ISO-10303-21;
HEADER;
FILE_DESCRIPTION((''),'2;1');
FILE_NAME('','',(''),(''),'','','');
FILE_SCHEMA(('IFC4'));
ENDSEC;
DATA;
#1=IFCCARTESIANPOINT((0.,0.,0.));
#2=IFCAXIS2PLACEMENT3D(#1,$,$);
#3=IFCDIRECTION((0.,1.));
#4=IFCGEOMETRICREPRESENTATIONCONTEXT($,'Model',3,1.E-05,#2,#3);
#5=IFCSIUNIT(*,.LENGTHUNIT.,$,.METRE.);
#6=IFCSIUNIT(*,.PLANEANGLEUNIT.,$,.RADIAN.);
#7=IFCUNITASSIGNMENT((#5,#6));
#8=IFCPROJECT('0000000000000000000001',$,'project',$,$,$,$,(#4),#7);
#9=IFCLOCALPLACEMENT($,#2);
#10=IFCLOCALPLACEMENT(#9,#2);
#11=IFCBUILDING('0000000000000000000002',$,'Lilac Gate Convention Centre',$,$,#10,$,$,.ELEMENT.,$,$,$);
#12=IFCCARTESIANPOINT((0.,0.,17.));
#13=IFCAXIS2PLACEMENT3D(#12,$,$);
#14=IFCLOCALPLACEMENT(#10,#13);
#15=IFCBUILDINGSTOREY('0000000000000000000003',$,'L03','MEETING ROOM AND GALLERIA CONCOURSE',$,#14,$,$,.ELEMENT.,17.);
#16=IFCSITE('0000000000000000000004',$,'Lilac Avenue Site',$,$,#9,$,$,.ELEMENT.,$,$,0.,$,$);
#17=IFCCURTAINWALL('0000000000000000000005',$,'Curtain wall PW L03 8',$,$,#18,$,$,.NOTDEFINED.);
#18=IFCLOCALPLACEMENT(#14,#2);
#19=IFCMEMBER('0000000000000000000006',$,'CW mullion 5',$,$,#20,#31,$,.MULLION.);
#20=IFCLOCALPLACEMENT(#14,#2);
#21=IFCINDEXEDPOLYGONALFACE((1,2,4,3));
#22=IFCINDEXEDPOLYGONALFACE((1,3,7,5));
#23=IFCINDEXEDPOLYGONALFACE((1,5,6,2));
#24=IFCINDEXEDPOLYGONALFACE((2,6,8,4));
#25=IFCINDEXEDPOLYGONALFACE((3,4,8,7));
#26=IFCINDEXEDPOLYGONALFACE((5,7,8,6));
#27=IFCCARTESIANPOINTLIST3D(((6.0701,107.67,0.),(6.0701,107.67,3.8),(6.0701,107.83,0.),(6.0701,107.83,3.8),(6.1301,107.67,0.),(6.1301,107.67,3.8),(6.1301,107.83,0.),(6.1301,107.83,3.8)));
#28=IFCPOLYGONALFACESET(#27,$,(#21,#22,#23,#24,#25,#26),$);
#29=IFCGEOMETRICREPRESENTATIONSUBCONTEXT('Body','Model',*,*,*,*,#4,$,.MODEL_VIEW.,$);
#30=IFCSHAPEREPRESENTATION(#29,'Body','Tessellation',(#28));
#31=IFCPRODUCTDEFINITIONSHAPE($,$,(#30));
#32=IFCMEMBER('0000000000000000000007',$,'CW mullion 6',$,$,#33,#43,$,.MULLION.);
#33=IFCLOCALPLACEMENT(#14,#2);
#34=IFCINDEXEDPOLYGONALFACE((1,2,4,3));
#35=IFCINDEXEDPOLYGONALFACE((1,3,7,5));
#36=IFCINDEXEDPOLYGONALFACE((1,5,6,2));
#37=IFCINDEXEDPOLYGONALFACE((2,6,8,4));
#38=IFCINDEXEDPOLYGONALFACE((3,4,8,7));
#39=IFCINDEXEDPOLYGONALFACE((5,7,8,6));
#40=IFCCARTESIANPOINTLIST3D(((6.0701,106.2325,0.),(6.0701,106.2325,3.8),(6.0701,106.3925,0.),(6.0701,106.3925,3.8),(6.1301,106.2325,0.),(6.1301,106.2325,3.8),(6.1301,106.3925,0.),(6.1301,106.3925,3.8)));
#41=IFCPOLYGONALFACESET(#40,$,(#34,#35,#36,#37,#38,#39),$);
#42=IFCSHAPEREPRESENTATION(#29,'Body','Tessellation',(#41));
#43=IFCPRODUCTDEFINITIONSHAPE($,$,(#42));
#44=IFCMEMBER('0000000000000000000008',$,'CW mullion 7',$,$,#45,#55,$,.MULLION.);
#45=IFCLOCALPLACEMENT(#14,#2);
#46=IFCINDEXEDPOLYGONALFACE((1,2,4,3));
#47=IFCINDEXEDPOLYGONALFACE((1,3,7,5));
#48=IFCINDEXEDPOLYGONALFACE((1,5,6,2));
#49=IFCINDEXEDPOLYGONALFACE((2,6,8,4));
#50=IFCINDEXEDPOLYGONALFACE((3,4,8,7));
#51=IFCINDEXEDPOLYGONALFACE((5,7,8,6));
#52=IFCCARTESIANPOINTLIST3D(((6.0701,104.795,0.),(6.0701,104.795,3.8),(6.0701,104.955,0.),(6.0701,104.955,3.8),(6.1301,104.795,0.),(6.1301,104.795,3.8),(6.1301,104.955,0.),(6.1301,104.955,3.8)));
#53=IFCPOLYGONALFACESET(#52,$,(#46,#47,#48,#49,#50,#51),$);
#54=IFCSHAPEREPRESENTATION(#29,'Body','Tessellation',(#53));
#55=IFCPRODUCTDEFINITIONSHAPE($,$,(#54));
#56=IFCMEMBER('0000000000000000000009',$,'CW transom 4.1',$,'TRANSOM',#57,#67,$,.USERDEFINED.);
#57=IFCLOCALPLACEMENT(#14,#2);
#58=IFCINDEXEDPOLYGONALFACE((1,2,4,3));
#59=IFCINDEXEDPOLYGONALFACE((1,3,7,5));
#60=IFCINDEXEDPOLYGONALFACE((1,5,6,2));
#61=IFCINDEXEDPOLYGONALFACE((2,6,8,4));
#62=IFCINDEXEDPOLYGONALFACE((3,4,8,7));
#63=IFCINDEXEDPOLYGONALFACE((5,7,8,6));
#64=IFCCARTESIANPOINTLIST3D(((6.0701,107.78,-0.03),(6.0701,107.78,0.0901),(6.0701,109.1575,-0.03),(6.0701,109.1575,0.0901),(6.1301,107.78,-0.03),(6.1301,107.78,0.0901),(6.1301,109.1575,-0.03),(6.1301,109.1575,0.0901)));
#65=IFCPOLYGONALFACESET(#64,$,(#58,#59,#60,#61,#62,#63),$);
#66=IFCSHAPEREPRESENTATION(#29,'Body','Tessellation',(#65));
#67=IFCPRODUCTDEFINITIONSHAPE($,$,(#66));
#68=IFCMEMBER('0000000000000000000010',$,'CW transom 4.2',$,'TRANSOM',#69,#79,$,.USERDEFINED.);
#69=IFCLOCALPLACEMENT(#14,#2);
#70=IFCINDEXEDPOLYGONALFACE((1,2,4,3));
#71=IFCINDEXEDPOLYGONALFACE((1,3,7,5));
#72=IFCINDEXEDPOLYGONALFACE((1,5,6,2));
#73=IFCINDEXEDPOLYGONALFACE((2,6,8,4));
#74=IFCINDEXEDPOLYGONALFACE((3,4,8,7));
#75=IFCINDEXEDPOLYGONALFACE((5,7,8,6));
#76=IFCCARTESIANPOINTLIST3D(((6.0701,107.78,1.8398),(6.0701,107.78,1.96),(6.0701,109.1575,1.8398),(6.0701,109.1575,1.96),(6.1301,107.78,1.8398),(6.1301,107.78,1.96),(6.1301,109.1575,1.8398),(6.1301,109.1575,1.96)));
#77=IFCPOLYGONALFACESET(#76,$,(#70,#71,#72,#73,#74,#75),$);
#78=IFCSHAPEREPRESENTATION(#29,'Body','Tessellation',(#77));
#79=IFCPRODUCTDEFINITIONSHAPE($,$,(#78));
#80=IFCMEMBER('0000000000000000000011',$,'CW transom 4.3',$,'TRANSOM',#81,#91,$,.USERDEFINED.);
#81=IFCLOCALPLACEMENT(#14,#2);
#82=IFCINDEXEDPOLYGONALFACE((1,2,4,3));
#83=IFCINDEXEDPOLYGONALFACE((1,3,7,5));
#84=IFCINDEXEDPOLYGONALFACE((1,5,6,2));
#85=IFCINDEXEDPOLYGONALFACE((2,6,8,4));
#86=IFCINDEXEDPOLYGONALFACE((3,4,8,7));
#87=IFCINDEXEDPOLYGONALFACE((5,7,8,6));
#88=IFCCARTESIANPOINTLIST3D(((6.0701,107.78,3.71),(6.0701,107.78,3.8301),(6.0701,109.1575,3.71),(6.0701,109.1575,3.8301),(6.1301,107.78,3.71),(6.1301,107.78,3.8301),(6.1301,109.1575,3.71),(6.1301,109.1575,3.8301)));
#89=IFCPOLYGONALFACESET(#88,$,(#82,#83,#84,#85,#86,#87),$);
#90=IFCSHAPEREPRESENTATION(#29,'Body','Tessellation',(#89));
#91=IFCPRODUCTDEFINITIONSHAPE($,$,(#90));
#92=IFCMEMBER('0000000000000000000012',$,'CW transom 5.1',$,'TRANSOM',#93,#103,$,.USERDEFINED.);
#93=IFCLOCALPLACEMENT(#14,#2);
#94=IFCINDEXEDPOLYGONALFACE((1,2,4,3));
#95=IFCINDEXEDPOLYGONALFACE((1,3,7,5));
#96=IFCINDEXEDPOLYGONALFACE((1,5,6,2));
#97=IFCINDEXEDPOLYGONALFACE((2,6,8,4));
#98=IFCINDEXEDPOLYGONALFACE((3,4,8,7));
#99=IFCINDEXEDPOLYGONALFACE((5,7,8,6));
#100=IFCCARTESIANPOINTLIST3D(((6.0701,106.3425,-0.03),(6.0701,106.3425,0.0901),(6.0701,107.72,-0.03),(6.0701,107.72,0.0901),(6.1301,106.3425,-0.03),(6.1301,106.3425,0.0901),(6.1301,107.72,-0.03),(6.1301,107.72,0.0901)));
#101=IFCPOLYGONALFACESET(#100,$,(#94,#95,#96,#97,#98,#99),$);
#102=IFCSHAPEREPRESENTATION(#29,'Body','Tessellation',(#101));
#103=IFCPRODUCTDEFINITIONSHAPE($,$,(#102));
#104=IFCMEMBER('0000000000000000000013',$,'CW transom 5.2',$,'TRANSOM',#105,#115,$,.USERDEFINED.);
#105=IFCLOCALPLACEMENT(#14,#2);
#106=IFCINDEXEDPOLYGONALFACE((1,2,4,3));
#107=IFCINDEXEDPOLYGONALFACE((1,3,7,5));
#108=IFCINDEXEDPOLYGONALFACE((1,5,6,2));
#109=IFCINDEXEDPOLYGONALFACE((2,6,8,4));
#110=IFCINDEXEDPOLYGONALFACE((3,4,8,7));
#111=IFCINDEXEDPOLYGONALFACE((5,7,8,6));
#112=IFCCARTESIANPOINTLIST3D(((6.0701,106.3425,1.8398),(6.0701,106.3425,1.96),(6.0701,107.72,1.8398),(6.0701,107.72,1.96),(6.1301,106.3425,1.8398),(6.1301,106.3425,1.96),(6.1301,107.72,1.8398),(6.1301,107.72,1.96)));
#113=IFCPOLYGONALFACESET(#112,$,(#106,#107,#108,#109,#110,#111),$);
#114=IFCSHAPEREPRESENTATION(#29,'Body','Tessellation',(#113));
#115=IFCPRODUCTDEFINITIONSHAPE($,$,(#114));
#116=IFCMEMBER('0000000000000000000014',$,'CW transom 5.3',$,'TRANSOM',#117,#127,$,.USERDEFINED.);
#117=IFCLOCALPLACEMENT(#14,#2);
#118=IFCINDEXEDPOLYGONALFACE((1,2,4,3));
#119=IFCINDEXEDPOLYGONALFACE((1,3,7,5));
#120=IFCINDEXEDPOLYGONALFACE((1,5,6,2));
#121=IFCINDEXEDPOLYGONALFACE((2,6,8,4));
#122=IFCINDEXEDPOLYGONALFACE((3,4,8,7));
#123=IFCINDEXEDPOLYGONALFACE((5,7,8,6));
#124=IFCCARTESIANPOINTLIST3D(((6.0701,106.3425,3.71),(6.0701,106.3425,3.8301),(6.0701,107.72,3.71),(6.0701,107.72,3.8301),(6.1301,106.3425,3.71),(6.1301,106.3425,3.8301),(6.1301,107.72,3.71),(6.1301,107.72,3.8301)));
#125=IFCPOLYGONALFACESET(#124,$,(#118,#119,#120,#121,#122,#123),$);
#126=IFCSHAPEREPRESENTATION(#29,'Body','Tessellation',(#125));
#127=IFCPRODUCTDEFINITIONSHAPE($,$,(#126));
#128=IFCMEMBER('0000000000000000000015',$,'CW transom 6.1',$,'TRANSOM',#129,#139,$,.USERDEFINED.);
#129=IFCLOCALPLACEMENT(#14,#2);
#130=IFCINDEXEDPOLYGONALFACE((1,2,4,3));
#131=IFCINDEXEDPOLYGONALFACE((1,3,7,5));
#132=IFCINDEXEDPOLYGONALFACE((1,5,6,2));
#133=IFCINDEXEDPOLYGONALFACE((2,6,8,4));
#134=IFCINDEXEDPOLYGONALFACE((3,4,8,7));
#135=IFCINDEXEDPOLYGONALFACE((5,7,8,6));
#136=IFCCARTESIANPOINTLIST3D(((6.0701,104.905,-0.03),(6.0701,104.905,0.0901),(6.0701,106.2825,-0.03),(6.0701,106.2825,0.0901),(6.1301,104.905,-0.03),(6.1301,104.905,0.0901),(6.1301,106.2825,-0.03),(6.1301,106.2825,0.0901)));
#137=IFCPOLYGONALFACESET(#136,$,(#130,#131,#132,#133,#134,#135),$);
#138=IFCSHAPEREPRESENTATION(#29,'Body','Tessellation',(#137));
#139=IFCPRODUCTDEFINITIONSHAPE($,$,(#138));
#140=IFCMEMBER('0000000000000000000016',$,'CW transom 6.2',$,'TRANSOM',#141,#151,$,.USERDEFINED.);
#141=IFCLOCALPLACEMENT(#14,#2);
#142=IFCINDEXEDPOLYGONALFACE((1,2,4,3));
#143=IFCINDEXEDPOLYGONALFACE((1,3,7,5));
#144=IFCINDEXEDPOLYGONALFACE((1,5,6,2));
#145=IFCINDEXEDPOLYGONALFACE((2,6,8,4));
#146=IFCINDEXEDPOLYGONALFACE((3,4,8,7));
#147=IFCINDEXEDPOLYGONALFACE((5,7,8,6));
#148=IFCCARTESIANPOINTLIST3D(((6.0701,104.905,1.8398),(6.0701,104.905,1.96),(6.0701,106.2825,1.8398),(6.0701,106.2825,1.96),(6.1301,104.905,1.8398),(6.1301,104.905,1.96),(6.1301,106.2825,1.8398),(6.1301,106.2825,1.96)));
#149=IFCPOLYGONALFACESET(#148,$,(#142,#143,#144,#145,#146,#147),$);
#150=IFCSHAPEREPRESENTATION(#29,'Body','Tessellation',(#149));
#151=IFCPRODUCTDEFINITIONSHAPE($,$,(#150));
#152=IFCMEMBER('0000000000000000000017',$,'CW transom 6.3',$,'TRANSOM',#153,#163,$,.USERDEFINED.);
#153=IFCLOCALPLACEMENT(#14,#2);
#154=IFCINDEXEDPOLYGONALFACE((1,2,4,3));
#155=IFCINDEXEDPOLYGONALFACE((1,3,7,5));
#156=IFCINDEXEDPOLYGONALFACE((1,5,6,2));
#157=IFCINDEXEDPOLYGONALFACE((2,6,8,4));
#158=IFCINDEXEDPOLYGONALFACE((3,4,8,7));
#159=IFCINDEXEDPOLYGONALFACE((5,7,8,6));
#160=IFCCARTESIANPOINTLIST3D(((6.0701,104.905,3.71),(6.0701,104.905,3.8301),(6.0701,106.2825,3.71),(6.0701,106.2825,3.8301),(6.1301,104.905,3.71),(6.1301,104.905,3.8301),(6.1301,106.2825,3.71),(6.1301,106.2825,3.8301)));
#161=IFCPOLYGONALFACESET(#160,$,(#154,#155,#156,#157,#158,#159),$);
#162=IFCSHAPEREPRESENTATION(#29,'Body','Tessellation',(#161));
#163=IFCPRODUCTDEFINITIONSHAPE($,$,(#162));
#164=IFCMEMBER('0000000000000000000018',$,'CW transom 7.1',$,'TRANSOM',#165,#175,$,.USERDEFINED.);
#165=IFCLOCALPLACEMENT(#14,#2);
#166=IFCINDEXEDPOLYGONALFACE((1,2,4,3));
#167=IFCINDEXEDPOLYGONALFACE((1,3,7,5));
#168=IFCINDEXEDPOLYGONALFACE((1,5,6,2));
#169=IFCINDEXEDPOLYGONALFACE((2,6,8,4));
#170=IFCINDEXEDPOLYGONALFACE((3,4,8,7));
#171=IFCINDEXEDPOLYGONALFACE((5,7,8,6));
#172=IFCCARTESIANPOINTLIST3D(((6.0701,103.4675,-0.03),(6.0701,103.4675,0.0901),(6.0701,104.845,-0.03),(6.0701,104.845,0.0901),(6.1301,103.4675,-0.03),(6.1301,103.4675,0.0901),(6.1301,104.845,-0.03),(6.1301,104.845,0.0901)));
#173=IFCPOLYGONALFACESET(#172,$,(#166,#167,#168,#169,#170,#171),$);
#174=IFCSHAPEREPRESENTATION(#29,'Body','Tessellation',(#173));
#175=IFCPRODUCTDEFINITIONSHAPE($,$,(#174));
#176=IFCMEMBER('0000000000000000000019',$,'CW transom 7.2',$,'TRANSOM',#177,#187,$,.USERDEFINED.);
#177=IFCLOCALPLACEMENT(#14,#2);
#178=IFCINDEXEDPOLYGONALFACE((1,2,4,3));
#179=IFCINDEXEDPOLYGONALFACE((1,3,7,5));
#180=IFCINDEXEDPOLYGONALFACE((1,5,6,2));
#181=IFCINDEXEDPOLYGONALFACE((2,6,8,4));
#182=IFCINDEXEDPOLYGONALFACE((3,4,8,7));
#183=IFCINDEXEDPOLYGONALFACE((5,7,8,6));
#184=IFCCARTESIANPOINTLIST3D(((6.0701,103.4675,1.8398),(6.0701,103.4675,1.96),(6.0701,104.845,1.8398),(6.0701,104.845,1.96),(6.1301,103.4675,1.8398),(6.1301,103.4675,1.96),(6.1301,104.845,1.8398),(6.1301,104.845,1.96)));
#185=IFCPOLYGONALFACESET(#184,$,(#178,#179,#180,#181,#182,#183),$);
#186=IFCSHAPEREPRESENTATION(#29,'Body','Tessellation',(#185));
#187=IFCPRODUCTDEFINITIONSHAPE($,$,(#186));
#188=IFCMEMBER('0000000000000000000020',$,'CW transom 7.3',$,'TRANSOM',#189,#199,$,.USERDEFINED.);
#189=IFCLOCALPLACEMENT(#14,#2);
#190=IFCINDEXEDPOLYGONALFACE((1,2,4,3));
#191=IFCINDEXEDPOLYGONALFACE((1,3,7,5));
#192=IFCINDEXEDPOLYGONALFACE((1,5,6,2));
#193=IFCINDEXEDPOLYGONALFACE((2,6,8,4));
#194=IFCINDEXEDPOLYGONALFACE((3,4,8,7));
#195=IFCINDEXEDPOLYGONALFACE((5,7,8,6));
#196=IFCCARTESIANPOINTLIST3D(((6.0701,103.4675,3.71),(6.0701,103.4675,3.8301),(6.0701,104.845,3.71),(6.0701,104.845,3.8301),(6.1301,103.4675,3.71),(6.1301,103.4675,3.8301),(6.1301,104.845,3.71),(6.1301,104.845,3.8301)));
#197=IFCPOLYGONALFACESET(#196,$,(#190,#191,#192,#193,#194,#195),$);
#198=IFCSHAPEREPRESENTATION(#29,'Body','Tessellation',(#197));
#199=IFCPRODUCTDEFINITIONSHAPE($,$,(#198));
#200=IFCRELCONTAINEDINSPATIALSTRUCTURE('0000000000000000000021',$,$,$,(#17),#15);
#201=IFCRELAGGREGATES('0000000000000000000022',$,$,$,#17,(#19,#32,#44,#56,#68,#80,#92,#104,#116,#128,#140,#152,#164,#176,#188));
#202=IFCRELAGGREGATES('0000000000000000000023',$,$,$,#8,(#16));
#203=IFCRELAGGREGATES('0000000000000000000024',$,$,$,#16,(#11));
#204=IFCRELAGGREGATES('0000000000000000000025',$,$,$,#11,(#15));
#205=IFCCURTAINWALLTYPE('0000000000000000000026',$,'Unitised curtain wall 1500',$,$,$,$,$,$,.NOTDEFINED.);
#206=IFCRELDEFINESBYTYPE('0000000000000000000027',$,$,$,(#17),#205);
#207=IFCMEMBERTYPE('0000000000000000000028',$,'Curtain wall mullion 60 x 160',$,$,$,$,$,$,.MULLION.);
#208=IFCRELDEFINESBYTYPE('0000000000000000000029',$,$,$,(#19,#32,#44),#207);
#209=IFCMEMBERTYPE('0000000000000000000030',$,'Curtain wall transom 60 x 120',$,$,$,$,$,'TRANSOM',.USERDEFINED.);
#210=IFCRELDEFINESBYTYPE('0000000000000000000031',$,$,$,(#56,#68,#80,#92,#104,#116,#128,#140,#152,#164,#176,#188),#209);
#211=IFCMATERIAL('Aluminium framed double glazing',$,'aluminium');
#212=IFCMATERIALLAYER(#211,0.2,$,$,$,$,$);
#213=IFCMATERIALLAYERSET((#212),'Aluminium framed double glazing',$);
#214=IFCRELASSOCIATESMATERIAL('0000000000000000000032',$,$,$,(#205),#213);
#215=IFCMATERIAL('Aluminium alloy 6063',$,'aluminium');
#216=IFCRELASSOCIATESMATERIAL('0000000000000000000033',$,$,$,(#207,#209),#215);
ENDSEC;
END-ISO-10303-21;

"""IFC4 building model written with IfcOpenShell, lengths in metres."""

from ifc_helpers import new_model, si_unit, direction, frame, origin, origin_2d, place, context, subcontext, project, spatial, rectangle, extrude, material, layer, layer_set, material_profile, profile_set, type_object, element, aggregate, save


model = new_model("IFC4")

# Units and contexts
model_context = context("Model", 3, precision=1e-05, world=origin(), true_north=direction((0.0, 1.0)))
body_context = subcontext(model_context, "Body", "Model", "MODEL_VIEW")
ifc_project = project(units=[si_unit("LENGTHUNIT", "METRE"), si_unit("PLANEANGLEUNIT", "RADIAN")], contexts=[model_context])

# Site, building, storey
site_placement = place(None, origin())
site = spatial("IfcSite", under=ifc_project, at=site_placement, Name="Lilac Avenue Site", CompositionType="ELEMENT", RefElevation=0.0)
building_placement = place(site_placement, origin())
building = spatial("IfcBuilding", under=site, at=building_placement, Name="Lilac Gate Convention Centre", CompositionType="ELEMENT")
storey_placement = place(building_placement, frame((0.0, 0.0, 17.0)))
storey = spatial("IfcBuildingStorey", under=building, at=storey_placement, Name="L03", Description="MEETING ROOM AND GALLERIA CONCOURSE", CompositionType="ELEMENT", Elevation=17.0)

# Curtain wall, members
ifc_material_1 = material(Name="Aluminium framed double glazing", Category="aluminium")
ifc_layer_1 = layer(ifc_material_1, 0.2)
ifc_layer_set_1 = layer_set([ifc_layer_1], Name="Aluminium framed double glazing")
curtain_wall_type = type_object("IfcCurtainWallType", Name="Unitised curtain wall 1500", PredefinedType="NOTDEFINED", material=ifc_layer_set_1)
curtain_wall_placement = place(storey_placement, origin())
curtain_wall = element("IfcCurtainWall", 1, at=curtain_wall_placement, inside=storey, type_object=curtain_wall_type, Name="Curtain wall PW L03 8", PredefinedType="NOTDEFINED")
ifc_material_2 = material(Name="Aluminium alloy 6063", Category="aluminium")
ifc_material_profile_1 = material_profile(ifc_material_2, rectangle(XDim=0.0601, YDim=0.1599, at=origin_2d()), Name="Curtain wall mullion 60 x 160")
ifc_profile_set_1 = profile_set([ifc_material_profile_1], Name="Aluminium alloy 6063")
member_type_1 = type_object("IfcMemberType", Name="Curtain wall mullion 60 x 160", PredefinedType="MULLION", material=ifc_profile_set_1)
member_1_placement = place(storey_placement, frame((6.1001, 107.75, 0.0), z_axis=(0.0, 0.0, 1.0), x_axis=(1.0, 0.0, 0.0)))
member_1 = element("IfcMember", 2, at=member_1_placement, type_object=member_type_1, Name="CW mullion 5", PredefinedType="MULLION", context=body_context, shape_type="SweptSolid", body=[
    extrude(rectangle(XDim=0.0601, YDim=0.1599, at=origin_2d()), origin(), (0.0, 0.0, 1.0), 3.8),
])
member_2_placement = place(storey_placement, frame((6.1001, 106.3125, 0.0), z_axis=(0.0, 0.0, 1.0), x_axis=(1.0, 0.0, 0.0)))
member_2 = element("IfcMember", 3, at=member_2_placement, type_object=member_type_1, Name="CW mullion 6", PredefinedType="MULLION", context=body_context, shape_type="SweptSolid", body=[
    extrude(rectangle(XDim=0.0601, YDim=0.1599, at=origin_2d()), origin(), (0.0, 0.0, 1.0), 3.8),
])
member_3_placement = place(storey_placement, frame((6.1001, 104.875, 0.0), z_axis=(0.0, 0.0, 1.0), x_axis=(1.0, 0.0, 0.0)))
member_3 = element("IfcMember", 4, at=member_3_placement, type_object=member_type_1, Name="CW mullion 7", PredefinedType="MULLION", context=body_context, shape_type="SweptSolid", body=[
    extrude(rectangle(XDim=0.0601, YDim=0.1599, at=origin_2d()), origin(), (0.0, 0.0, 1.0), 3.8),
])
ifc_material_profile_2 = material_profile(ifc_material_2, rectangle(XDim=0.0601, YDim=0.1201, at=origin_2d()), Name="Curtain wall transom 60 x 120")
ifc_profile_set_2 = profile_set([ifc_material_profile_2], Name="Aluminium alloy 6063")
member_type_2 = type_object("IfcMemberType", Name="Curtain wall transom 60 x 120", ElementType="TRANSOM", PredefinedType="USERDEFINED", material=ifc_profile_set_2)
member_4_placement = place(storey_placement, frame((6.1001, 109.1575, 0.03), z_axis=(0.0, -1.0, 0.0), x_axis=(1.0, 0.0, 0.0)))
member_4 = element("IfcMember", 5, at=member_4_placement, type_object=member_type_2, Name="CW transom 4.1", ObjectType="TRANSOM", PredefinedType="USERDEFINED", context=body_context, shape_type="SweptSolid", body=[
    extrude(rectangle(XDim=0.0601, YDim=0.1201, at=origin_2d()), origin(), (0.0, 0.0, 1.0), 1.3774),
])
member_5_placement = place(storey_placement, frame((6.1001, 109.1575, 1.8999), z_axis=(0.0, -1.0, 0.0), x_axis=(1.0, 0.0, 0.0)))
member_5 = element("IfcMember", 6, at=member_5_placement, type_object=member_type_2, Name="CW transom 4.2", ObjectType="TRANSOM", PredefinedType="USERDEFINED", context=body_context, shape_type="SweptSolid", body=[
    extrude(rectangle(XDim=0.0601, YDim=0.1201, at=origin_2d()), origin(), (0.0, 0.0, 1.0), 1.3774),
])
member_6_placement = place(storey_placement, frame((6.1001, 109.1575, 3.77), z_axis=(0.0, -1.0, 0.0), x_axis=(1.0, 0.0, 0.0)))
member_6 = element("IfcMember", 7, at=member_6_placement, type_object=member_type_2, Name="CW transom 4.3", ObjectType="TRANSOM", PredefinedType="USERDEFINED", context=body_context, shape_type="SweptSolid", body=[
    extrude(rectangle(XDim=0.0601, YDim=0.1201, at=origin_2d()), origin(), (0.0, 0.0, 1.0), 1.3774),
])
member_7_placement = place(storey_placement, frame((6.1001, 107.72, 0.03), z_axis=(0.0, -1.0, 0.0), x_axis=(1.0, 0.0, 0.0)))
member_7 = element("IfcMember", 8, at=member_7_placement, type_object=member_type_2, Name="CW transom 5.1", ObjectType="TRANSOM", PredefinedType="USERDEFINED", context=body_context, shape_type="SweptSolid", body=[
    extrude(rectangle(XDim=0.0601, YDim=0.1201, at=origin_2d()), origin(), (0.0, 0.0, 1.0), 1.3774),
])
member_8_placement = place(storey_placement, frame((6.1001, 107.72, 1.8999), z_axis=(0.0, -1.0, 0.0), x_axis=(1.0, 0.0, 0.0)))
member_8 = element("IfcMember", 9, at=member_8_placement, type_object=member_type_2, Name="CW transom 5.2", ObjectType="TRANSOM", PredefinedType="USERDEFINED", context=body_context, shape_type="SweptSolid", body=[
    extrude(rectangle(XDim=0.0601, YDim=0.1201, at=origin_2d()), origin(), (0.0, 0.0, 1.0), 1.3774),
])
member_9_placement = place(storey_placement, frame((6.1001, 107.72, 3.77), z_axis=(0.0, -1.0, 0.0), x_axis=(1.0, 0.0, 0.0)))
member_9 = element("IfcMember", 10, at=member_9_placement, type_object=member_type_2, Name="CW transom 5.3", ObjectType="TRANSOM", PredefinedType="USERDEFINED", context=body_context, shape_type="SweptSolid", body=[
    extrude(rectangle(XDim=0.0601, YDim=0.1201, at=origin_2d()), origin(), (0.0, 0.0, 1.0), 1.3774),
])
member_10_placement = place(storey_placement, frame((6.1001, 106.2825, 0.03), z_axis=(0.0, -1.0, 0.0), x_axis=(1.0, 0.0, 0.0)))
member_10 = element("IfcMember", 11, at=member_10_placement, type_object=member_type_2, Name="CW transom 6.1", ObjectType="TRANSOM", PredefinedType="USERDEFINED", context=body_context, shape_type="SweptSolid", body=[
    extrude(rectangle(XDim=0.0601, YDim=0.1201, at=origin_2d()), origin(), (0.0, 0.0, 1.0), 1.3774),
])
member_11_placement = place(storey_placement, frame((6.1001, 106.2825, 1.8999), z_axis=(0.0, -1.0, 0.0), x_axis=(1.0, 0.0, 0.0)))
member_11 = element("IfcMember", 12, at=member_11_placement, type_object=member_type_2, Name="CW transom 6.2", ObjectType="TRANSOM", PredefinedType="USERDEFINED", context=body_context, shape_type="SweptSolid", body=[
    extrude(rectangle(XDim=0.0601, YDim=0.1201, at=origin_2d()), origin(), (0.0, 0.0, 1.0), 1.3774),
])
member_12_placement = place(storey_placement, frame((6.1001, 106.2825, 3.77), z_axis=(0.0, -1.0, 0.0), x_axis=(1.0, 0.0, 0.0)))
member_12 = element("IfcMember", 13, at=member_12_placement, type_object=member_type_2, Name="CW transom 6.3", ObjectType="TRANSOM", PredefinedType="USERDEFINED", context=body_context, shape_type="SweptSolid", body=[
    extrude(rectangle(XDim=0.0601, YDim=0.1201, at=origin_2d()), origin(), (0.0, 0.0, 1.0), 1.3774),
])
member_13_placement = place(storey_placement, frame((6.1001, 104.845, 0.03), z_axis=(0.0, -1.0, 0.0), x_axis=(1.0, 0.0, 0.0)))
member_13 = element("IfcMember", 14, at=member_13_placement, type_object=member_type_2, Name="CW transom 7.1", ObjectType="TRANSOM", PredefinedType="USERDEFINED", context=body_context, shape_type="SweptSolid", body=[
    extrude(rectangle(XDim=0.0601, YDim=0.1201, at=origin_2d()), origin(), (0.0, 0.0, 1.0), 1.3774),
])
member_14_placement = place(storey_placement, frame((6.1001, 104.845, 1.8999), z_axis=(0.0, -1.0, 0.0), x_axis=(1.0, 0.0, 0.0)))
member_14 = element("IfcMember", 15, at=member_14_placement, type_object=member_type_2, Name="CW transom 7.2", ObjectType="TRANSOM", PredefinedType="USERDEFINED", context=body_context, shape_type="SweptSolid", body=[
    extrude(rectangle(XDim=0.0601, YDim=0.1201, at=origin_2d()), origin(), (0.0, 0.0, 1.0), 1.3774),
])
member_15_placement = place(storey_placement, frame((6.1001, 104.845, 3.77), z_axis=(0.0, -1.0, 0.0), x_axis=(1.0, 0.0, 0.0)))
member_15 = element("IfcMember", 16, at=member_15_placement, type_object=member_type_2, Name="CW transom 7.3", ObjectType="TRANSOM", PredefinedType="USERDEFINED", context=body_context, shape_type="SweptSolid", body=[
    extrude(rectangle(XDim=0.0601, YDim=0.1201, at=origin_2d()), origin(), (0.0, 0.0, 1.0), 1.3774),
])
aggregate(curtain_wall, [member_1, member_2, member_3, member_4, member_5, member_6, member_7, member_8, member_9, member_10, member_11, member_12, member_13, member_14, member_15])

save(model, "model.ifc")
